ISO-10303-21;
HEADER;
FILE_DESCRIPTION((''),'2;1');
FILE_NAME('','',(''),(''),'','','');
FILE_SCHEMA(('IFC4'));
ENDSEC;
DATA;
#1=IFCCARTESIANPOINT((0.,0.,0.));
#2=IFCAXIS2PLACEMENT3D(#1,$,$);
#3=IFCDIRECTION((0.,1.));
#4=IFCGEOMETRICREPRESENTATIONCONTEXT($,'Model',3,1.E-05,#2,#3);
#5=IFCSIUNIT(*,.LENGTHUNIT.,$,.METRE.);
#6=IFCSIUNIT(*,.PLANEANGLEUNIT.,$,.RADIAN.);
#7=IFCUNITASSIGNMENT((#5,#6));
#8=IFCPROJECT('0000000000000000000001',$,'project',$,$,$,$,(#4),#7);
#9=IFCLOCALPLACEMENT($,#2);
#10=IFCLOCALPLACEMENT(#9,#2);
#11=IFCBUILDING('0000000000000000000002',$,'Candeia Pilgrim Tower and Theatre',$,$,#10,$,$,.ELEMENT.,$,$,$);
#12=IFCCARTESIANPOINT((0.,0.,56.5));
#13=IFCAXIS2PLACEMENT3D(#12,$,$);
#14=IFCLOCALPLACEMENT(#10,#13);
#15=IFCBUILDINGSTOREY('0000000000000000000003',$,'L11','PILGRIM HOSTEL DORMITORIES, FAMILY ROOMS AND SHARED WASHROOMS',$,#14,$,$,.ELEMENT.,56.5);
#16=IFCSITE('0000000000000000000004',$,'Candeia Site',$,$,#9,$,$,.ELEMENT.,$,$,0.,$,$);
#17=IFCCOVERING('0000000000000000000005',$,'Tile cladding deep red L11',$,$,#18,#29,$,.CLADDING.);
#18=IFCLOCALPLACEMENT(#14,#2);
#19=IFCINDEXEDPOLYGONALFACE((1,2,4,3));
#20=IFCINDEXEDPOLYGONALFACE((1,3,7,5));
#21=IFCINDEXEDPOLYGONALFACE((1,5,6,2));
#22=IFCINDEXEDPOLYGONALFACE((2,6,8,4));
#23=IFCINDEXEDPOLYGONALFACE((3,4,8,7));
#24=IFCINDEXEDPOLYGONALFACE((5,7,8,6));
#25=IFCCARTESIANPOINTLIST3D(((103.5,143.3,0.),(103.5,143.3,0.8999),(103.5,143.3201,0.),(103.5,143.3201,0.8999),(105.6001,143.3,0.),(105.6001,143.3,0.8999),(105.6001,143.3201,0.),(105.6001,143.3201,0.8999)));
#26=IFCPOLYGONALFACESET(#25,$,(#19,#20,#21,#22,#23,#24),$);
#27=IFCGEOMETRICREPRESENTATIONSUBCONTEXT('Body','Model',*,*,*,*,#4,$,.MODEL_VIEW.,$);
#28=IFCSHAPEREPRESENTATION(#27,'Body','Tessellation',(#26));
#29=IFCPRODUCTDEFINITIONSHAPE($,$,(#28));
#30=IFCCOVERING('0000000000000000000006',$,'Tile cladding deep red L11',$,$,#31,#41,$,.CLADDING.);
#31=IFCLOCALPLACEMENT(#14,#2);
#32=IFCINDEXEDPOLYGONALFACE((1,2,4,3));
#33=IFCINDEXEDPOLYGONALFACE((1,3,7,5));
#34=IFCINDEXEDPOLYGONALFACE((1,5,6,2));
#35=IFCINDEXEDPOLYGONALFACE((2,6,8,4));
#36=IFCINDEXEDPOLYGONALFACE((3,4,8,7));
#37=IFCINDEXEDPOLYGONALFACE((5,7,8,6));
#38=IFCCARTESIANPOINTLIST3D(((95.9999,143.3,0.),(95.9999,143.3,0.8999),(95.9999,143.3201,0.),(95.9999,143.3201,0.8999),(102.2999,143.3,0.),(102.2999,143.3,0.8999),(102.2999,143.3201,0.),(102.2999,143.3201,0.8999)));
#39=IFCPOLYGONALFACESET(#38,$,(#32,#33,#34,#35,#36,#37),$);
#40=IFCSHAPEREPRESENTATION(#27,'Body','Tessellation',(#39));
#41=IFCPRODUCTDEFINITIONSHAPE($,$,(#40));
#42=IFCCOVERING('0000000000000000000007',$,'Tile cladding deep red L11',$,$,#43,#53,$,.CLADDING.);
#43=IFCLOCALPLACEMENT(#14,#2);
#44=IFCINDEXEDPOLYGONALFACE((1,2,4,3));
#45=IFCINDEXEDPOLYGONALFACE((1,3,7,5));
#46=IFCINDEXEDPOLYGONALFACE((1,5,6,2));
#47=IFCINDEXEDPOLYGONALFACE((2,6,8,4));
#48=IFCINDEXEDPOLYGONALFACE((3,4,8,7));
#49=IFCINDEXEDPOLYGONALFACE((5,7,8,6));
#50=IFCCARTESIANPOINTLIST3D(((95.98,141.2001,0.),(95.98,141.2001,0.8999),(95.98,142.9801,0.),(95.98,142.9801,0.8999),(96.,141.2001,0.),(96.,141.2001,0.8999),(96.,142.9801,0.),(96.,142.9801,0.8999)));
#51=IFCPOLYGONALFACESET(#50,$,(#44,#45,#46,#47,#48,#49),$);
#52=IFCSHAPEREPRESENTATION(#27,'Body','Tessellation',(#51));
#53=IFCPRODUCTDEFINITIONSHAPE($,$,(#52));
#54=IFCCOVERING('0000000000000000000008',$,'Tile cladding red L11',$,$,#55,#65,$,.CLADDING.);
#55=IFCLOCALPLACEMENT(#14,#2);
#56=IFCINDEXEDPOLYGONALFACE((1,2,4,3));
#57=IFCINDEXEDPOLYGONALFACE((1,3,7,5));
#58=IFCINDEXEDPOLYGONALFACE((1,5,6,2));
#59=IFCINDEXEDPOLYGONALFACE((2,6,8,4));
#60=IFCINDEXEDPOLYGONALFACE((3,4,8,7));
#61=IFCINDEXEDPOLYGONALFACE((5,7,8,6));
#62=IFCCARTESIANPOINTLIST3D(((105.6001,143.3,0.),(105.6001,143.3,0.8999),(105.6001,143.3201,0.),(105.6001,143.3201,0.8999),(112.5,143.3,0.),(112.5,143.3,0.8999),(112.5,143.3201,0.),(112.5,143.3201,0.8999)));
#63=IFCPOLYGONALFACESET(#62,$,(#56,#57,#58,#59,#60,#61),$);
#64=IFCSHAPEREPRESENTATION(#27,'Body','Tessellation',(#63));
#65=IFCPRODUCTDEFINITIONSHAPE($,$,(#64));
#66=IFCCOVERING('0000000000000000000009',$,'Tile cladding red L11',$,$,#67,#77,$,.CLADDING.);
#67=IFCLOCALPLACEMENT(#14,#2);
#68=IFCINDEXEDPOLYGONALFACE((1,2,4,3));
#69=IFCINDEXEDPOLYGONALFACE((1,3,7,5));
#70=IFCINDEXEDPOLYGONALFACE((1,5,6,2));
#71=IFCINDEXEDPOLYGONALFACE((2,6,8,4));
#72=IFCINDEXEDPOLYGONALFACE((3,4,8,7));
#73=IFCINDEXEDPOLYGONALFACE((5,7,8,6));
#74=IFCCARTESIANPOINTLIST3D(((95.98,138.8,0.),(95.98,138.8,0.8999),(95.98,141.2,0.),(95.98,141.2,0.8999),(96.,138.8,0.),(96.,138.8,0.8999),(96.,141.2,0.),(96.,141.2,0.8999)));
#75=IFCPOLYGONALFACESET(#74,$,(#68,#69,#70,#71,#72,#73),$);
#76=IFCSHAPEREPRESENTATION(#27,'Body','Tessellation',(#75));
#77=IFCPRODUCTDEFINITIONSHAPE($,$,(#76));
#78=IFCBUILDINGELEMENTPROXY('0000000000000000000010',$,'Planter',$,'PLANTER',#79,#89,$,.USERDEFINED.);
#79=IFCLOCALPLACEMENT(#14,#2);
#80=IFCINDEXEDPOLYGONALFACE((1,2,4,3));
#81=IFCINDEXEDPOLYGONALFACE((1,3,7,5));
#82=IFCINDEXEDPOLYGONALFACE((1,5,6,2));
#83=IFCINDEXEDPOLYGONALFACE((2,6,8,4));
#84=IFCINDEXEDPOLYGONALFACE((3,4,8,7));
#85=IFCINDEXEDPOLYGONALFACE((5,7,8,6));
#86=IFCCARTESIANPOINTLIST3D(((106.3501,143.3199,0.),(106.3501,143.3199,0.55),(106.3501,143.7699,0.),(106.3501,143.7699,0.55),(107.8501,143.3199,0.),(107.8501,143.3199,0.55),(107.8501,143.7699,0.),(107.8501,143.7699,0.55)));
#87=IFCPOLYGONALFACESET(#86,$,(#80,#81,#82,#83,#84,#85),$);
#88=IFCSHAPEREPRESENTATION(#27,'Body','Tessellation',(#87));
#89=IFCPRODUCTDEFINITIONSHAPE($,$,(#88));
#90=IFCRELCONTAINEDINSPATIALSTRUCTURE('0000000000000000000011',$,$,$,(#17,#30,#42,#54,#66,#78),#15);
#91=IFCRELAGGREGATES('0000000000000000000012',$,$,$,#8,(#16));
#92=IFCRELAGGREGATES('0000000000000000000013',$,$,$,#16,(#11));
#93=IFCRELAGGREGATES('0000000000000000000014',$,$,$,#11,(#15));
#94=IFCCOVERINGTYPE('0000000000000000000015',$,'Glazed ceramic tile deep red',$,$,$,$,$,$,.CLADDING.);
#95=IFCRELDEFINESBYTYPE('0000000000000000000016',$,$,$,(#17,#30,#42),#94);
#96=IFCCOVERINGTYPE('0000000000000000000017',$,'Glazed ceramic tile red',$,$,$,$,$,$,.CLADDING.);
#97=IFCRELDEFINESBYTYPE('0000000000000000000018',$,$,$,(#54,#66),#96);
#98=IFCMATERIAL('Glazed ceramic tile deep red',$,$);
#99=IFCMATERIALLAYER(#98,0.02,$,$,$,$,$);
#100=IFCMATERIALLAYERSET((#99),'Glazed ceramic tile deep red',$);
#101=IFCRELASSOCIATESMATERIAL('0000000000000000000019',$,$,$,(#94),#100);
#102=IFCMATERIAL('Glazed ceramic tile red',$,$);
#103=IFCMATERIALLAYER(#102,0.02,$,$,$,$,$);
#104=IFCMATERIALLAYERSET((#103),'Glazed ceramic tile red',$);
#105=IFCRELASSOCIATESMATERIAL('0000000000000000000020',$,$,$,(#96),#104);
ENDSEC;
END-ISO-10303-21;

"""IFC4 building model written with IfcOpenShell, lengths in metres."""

from ifc_helpers import new_model, si_unit, direction, frame, origin, origin_2d, place, context, subcontext, project, spatial, rectangle, extrude, material, layer, layer_set, type_object, element, save


model = new_model("IFC4")

# Units and contexts
model_context = context("Model", 3, precision=1e-05, world=origin(), true_north=direction((0.0, 1.0)))
body_context = subcontext(model_context, "Body", "Model", "MODEL_VIEW")
ifc_project = project(units=[si_unit("LENGTHUNIT", "METRE"), si_unit("PLANEANGLEUNIT", "RADIAN")], contexts=[model_context])

# Site, building, storey
site_placement = place(None, origin())
site = spatial("IfcSite", under=ifc_project, at=site_placement, Name="Candeia Site", CompositionType="ELEMENT", RefElevation=0.0)
building_placement = place(site_placement, origin())
building = spatial("IfcBuilding", under=site, at=building_placement, Name="Candeia Pilgrim Tower and Theatre", CompositionType="ELEMENT")
storey_placement = place(building_placement, frame((0.0, 0.0, 56.5)))
storey = spatial("IfcBuildingStorey", under=building, at=storey_placement, Name="L11", Description="PILGRIM HOSTEL DORMITORIES, FAMILY ROOMS AND SHARED WASHROOMS", CompositionType="ELEMENT", Elevation=56.5)

# Coverings
ifc_material_1 = material(Name="Glazed ceramic tile deep red")
ifc_layer_1 = layer(ifc_material_1, 0.02)
ifc_layer_set_1 = layer_set([ifc_layer_1], Name="Glazed ceramic tile deep red")
covering_type_1 = type_object("IfcCoveringType", Name="Glazed ceramic tile deep red", PredefinedType="CLADDING", material=ifc_layer_set_1)
covering_1_placement = place(storey_placement, frame((104.55, 143.3101, 0.0), z_axis=(0.0, 0.0, 1.0), x_axis=(-1.0, 0.0, 0.0)))
element("IfcCovering", 1, at=covering_1_placement, inside=storey, type_object=covering_type_1, Name="Tile cladding deep red L11", PredefinedType="CLADDING", context=body_context, shape_type="SweptSolid", body=[
    extrude(rectangle(XDim=2.1001, YDim=0.02, at=origin_2d()), origin(), (0.0, 0.0, 1.0), 0.8999),
])
covering_2_placement = place(storey_placement, frame((99.1499, 143.3101, 0.0), z_axis=(0.0, 0.0, 1.0), x_axis=(-1.0, 0.0, 0.0)))
element("IfcCovering", 2, at=covering_2_placement, inside=storey, type_object=covering_type_1, Name="Tile cladding deep red L11", PredefinedType="CLADDING", context=body_context, shape_type="SweptSolid", body=[
    extrude(rectangle(XDim=6.3, YDim=0.02, at=origin_2d()), origin(), (0.0, 0.0, 1.0), 0.8999),
])
covering_3_placement = place(storey_placement, frame((95.99, 142.0901, 0.0), z_axis=(0.0, 0.0, 1.0), x_axis=(0.0, -1.0, 0.0)))
element("IfcCovering", 3, at=covering_3_placement, inside=storey, type_object=covering_type_1, Name="Tile cladding deep red L11", PredefinedType="CLADDING", context=body_context, shape_type="SweptSolid", body=[
    extrude(rectangle(XDim=1.78, YDim=0.02, at=origin_2d()), origin(), (0.0, 0.0, 1.0), 0.8999),
])
ifc_material_2 = material(Name="Glazed ceramic tile red")
ifc_layer_2 = layer(ifc_material_2, 0.02)
ifc_layer_set_2 = layer_set([ifc_layer_2], Name="Glazed ceramic tile red")
covering_type_2 = type_object("IfcCoveringType", Name="Glazed ceramic tile red", PredefinedType="CLADDING", material=ifc_layer_set_2)
covering_4_placement = place(storey_placement, frame((109.05, 143.3101, 0.0), z_axis=(0.0, 0.0, 1.0), x_axis=(-1.0, 0.0, 0.0)))
element("IfcCovering", 4, at=covering_4_placement, inside=storey, type_object=covering_type_2, Name="Tile cladding red L11", PredefinedType="CLADDING", context=body_context, shape_type="SweptSolid", body=[
    extrude(rectangle(XDim=6.8999, YDim=0.02, at=origin_2d()), origin(), (0.0, 0.0, 1.0), 0.8999),
])
covering_5_placement = place(storey_placement, frame((95.99, 140.0, 0.0), z_axis=(0.0, 0.0, 1.0), x_axis=(0.0, -1.0, 0.0)))
element("IfcCovering", 5, at=covering_5_placement, inside=storey, type_object=covering_type_2, Name="Tile cladding red L11", PredefinedType="CLADDING", context=body_context, shape_type="SweptSolid", body=[
    extrude(rectangle(XDim=2.3999, YDim=0.02, at=origin_2d()), origin(), (0.0, 0.0, 1.0), 0.8999),
])

# Building element proxy
proxy_placement = place(storey_placement, frame((107.1001, 143.5449, 0.0), z_axis=(0.0, 0.0, 1.0), x_axis=(-1.0, 0.0, 0.0)))
element("IfcBuildingElementProxy", 6, at=proxy_placement, inside=storey, Name="Planter", ObjectType="PLANTER", PredefinedType="USERDEFINED", context=body_context, shape_type="SweptSolid", body=[
    extrude(rectangle(XDim=1.5, YDim=0.45, at=origin_2d()), origin(), (0.0, 0.0, 1.0), 0.55),
])

save(model, "model.ifc")
